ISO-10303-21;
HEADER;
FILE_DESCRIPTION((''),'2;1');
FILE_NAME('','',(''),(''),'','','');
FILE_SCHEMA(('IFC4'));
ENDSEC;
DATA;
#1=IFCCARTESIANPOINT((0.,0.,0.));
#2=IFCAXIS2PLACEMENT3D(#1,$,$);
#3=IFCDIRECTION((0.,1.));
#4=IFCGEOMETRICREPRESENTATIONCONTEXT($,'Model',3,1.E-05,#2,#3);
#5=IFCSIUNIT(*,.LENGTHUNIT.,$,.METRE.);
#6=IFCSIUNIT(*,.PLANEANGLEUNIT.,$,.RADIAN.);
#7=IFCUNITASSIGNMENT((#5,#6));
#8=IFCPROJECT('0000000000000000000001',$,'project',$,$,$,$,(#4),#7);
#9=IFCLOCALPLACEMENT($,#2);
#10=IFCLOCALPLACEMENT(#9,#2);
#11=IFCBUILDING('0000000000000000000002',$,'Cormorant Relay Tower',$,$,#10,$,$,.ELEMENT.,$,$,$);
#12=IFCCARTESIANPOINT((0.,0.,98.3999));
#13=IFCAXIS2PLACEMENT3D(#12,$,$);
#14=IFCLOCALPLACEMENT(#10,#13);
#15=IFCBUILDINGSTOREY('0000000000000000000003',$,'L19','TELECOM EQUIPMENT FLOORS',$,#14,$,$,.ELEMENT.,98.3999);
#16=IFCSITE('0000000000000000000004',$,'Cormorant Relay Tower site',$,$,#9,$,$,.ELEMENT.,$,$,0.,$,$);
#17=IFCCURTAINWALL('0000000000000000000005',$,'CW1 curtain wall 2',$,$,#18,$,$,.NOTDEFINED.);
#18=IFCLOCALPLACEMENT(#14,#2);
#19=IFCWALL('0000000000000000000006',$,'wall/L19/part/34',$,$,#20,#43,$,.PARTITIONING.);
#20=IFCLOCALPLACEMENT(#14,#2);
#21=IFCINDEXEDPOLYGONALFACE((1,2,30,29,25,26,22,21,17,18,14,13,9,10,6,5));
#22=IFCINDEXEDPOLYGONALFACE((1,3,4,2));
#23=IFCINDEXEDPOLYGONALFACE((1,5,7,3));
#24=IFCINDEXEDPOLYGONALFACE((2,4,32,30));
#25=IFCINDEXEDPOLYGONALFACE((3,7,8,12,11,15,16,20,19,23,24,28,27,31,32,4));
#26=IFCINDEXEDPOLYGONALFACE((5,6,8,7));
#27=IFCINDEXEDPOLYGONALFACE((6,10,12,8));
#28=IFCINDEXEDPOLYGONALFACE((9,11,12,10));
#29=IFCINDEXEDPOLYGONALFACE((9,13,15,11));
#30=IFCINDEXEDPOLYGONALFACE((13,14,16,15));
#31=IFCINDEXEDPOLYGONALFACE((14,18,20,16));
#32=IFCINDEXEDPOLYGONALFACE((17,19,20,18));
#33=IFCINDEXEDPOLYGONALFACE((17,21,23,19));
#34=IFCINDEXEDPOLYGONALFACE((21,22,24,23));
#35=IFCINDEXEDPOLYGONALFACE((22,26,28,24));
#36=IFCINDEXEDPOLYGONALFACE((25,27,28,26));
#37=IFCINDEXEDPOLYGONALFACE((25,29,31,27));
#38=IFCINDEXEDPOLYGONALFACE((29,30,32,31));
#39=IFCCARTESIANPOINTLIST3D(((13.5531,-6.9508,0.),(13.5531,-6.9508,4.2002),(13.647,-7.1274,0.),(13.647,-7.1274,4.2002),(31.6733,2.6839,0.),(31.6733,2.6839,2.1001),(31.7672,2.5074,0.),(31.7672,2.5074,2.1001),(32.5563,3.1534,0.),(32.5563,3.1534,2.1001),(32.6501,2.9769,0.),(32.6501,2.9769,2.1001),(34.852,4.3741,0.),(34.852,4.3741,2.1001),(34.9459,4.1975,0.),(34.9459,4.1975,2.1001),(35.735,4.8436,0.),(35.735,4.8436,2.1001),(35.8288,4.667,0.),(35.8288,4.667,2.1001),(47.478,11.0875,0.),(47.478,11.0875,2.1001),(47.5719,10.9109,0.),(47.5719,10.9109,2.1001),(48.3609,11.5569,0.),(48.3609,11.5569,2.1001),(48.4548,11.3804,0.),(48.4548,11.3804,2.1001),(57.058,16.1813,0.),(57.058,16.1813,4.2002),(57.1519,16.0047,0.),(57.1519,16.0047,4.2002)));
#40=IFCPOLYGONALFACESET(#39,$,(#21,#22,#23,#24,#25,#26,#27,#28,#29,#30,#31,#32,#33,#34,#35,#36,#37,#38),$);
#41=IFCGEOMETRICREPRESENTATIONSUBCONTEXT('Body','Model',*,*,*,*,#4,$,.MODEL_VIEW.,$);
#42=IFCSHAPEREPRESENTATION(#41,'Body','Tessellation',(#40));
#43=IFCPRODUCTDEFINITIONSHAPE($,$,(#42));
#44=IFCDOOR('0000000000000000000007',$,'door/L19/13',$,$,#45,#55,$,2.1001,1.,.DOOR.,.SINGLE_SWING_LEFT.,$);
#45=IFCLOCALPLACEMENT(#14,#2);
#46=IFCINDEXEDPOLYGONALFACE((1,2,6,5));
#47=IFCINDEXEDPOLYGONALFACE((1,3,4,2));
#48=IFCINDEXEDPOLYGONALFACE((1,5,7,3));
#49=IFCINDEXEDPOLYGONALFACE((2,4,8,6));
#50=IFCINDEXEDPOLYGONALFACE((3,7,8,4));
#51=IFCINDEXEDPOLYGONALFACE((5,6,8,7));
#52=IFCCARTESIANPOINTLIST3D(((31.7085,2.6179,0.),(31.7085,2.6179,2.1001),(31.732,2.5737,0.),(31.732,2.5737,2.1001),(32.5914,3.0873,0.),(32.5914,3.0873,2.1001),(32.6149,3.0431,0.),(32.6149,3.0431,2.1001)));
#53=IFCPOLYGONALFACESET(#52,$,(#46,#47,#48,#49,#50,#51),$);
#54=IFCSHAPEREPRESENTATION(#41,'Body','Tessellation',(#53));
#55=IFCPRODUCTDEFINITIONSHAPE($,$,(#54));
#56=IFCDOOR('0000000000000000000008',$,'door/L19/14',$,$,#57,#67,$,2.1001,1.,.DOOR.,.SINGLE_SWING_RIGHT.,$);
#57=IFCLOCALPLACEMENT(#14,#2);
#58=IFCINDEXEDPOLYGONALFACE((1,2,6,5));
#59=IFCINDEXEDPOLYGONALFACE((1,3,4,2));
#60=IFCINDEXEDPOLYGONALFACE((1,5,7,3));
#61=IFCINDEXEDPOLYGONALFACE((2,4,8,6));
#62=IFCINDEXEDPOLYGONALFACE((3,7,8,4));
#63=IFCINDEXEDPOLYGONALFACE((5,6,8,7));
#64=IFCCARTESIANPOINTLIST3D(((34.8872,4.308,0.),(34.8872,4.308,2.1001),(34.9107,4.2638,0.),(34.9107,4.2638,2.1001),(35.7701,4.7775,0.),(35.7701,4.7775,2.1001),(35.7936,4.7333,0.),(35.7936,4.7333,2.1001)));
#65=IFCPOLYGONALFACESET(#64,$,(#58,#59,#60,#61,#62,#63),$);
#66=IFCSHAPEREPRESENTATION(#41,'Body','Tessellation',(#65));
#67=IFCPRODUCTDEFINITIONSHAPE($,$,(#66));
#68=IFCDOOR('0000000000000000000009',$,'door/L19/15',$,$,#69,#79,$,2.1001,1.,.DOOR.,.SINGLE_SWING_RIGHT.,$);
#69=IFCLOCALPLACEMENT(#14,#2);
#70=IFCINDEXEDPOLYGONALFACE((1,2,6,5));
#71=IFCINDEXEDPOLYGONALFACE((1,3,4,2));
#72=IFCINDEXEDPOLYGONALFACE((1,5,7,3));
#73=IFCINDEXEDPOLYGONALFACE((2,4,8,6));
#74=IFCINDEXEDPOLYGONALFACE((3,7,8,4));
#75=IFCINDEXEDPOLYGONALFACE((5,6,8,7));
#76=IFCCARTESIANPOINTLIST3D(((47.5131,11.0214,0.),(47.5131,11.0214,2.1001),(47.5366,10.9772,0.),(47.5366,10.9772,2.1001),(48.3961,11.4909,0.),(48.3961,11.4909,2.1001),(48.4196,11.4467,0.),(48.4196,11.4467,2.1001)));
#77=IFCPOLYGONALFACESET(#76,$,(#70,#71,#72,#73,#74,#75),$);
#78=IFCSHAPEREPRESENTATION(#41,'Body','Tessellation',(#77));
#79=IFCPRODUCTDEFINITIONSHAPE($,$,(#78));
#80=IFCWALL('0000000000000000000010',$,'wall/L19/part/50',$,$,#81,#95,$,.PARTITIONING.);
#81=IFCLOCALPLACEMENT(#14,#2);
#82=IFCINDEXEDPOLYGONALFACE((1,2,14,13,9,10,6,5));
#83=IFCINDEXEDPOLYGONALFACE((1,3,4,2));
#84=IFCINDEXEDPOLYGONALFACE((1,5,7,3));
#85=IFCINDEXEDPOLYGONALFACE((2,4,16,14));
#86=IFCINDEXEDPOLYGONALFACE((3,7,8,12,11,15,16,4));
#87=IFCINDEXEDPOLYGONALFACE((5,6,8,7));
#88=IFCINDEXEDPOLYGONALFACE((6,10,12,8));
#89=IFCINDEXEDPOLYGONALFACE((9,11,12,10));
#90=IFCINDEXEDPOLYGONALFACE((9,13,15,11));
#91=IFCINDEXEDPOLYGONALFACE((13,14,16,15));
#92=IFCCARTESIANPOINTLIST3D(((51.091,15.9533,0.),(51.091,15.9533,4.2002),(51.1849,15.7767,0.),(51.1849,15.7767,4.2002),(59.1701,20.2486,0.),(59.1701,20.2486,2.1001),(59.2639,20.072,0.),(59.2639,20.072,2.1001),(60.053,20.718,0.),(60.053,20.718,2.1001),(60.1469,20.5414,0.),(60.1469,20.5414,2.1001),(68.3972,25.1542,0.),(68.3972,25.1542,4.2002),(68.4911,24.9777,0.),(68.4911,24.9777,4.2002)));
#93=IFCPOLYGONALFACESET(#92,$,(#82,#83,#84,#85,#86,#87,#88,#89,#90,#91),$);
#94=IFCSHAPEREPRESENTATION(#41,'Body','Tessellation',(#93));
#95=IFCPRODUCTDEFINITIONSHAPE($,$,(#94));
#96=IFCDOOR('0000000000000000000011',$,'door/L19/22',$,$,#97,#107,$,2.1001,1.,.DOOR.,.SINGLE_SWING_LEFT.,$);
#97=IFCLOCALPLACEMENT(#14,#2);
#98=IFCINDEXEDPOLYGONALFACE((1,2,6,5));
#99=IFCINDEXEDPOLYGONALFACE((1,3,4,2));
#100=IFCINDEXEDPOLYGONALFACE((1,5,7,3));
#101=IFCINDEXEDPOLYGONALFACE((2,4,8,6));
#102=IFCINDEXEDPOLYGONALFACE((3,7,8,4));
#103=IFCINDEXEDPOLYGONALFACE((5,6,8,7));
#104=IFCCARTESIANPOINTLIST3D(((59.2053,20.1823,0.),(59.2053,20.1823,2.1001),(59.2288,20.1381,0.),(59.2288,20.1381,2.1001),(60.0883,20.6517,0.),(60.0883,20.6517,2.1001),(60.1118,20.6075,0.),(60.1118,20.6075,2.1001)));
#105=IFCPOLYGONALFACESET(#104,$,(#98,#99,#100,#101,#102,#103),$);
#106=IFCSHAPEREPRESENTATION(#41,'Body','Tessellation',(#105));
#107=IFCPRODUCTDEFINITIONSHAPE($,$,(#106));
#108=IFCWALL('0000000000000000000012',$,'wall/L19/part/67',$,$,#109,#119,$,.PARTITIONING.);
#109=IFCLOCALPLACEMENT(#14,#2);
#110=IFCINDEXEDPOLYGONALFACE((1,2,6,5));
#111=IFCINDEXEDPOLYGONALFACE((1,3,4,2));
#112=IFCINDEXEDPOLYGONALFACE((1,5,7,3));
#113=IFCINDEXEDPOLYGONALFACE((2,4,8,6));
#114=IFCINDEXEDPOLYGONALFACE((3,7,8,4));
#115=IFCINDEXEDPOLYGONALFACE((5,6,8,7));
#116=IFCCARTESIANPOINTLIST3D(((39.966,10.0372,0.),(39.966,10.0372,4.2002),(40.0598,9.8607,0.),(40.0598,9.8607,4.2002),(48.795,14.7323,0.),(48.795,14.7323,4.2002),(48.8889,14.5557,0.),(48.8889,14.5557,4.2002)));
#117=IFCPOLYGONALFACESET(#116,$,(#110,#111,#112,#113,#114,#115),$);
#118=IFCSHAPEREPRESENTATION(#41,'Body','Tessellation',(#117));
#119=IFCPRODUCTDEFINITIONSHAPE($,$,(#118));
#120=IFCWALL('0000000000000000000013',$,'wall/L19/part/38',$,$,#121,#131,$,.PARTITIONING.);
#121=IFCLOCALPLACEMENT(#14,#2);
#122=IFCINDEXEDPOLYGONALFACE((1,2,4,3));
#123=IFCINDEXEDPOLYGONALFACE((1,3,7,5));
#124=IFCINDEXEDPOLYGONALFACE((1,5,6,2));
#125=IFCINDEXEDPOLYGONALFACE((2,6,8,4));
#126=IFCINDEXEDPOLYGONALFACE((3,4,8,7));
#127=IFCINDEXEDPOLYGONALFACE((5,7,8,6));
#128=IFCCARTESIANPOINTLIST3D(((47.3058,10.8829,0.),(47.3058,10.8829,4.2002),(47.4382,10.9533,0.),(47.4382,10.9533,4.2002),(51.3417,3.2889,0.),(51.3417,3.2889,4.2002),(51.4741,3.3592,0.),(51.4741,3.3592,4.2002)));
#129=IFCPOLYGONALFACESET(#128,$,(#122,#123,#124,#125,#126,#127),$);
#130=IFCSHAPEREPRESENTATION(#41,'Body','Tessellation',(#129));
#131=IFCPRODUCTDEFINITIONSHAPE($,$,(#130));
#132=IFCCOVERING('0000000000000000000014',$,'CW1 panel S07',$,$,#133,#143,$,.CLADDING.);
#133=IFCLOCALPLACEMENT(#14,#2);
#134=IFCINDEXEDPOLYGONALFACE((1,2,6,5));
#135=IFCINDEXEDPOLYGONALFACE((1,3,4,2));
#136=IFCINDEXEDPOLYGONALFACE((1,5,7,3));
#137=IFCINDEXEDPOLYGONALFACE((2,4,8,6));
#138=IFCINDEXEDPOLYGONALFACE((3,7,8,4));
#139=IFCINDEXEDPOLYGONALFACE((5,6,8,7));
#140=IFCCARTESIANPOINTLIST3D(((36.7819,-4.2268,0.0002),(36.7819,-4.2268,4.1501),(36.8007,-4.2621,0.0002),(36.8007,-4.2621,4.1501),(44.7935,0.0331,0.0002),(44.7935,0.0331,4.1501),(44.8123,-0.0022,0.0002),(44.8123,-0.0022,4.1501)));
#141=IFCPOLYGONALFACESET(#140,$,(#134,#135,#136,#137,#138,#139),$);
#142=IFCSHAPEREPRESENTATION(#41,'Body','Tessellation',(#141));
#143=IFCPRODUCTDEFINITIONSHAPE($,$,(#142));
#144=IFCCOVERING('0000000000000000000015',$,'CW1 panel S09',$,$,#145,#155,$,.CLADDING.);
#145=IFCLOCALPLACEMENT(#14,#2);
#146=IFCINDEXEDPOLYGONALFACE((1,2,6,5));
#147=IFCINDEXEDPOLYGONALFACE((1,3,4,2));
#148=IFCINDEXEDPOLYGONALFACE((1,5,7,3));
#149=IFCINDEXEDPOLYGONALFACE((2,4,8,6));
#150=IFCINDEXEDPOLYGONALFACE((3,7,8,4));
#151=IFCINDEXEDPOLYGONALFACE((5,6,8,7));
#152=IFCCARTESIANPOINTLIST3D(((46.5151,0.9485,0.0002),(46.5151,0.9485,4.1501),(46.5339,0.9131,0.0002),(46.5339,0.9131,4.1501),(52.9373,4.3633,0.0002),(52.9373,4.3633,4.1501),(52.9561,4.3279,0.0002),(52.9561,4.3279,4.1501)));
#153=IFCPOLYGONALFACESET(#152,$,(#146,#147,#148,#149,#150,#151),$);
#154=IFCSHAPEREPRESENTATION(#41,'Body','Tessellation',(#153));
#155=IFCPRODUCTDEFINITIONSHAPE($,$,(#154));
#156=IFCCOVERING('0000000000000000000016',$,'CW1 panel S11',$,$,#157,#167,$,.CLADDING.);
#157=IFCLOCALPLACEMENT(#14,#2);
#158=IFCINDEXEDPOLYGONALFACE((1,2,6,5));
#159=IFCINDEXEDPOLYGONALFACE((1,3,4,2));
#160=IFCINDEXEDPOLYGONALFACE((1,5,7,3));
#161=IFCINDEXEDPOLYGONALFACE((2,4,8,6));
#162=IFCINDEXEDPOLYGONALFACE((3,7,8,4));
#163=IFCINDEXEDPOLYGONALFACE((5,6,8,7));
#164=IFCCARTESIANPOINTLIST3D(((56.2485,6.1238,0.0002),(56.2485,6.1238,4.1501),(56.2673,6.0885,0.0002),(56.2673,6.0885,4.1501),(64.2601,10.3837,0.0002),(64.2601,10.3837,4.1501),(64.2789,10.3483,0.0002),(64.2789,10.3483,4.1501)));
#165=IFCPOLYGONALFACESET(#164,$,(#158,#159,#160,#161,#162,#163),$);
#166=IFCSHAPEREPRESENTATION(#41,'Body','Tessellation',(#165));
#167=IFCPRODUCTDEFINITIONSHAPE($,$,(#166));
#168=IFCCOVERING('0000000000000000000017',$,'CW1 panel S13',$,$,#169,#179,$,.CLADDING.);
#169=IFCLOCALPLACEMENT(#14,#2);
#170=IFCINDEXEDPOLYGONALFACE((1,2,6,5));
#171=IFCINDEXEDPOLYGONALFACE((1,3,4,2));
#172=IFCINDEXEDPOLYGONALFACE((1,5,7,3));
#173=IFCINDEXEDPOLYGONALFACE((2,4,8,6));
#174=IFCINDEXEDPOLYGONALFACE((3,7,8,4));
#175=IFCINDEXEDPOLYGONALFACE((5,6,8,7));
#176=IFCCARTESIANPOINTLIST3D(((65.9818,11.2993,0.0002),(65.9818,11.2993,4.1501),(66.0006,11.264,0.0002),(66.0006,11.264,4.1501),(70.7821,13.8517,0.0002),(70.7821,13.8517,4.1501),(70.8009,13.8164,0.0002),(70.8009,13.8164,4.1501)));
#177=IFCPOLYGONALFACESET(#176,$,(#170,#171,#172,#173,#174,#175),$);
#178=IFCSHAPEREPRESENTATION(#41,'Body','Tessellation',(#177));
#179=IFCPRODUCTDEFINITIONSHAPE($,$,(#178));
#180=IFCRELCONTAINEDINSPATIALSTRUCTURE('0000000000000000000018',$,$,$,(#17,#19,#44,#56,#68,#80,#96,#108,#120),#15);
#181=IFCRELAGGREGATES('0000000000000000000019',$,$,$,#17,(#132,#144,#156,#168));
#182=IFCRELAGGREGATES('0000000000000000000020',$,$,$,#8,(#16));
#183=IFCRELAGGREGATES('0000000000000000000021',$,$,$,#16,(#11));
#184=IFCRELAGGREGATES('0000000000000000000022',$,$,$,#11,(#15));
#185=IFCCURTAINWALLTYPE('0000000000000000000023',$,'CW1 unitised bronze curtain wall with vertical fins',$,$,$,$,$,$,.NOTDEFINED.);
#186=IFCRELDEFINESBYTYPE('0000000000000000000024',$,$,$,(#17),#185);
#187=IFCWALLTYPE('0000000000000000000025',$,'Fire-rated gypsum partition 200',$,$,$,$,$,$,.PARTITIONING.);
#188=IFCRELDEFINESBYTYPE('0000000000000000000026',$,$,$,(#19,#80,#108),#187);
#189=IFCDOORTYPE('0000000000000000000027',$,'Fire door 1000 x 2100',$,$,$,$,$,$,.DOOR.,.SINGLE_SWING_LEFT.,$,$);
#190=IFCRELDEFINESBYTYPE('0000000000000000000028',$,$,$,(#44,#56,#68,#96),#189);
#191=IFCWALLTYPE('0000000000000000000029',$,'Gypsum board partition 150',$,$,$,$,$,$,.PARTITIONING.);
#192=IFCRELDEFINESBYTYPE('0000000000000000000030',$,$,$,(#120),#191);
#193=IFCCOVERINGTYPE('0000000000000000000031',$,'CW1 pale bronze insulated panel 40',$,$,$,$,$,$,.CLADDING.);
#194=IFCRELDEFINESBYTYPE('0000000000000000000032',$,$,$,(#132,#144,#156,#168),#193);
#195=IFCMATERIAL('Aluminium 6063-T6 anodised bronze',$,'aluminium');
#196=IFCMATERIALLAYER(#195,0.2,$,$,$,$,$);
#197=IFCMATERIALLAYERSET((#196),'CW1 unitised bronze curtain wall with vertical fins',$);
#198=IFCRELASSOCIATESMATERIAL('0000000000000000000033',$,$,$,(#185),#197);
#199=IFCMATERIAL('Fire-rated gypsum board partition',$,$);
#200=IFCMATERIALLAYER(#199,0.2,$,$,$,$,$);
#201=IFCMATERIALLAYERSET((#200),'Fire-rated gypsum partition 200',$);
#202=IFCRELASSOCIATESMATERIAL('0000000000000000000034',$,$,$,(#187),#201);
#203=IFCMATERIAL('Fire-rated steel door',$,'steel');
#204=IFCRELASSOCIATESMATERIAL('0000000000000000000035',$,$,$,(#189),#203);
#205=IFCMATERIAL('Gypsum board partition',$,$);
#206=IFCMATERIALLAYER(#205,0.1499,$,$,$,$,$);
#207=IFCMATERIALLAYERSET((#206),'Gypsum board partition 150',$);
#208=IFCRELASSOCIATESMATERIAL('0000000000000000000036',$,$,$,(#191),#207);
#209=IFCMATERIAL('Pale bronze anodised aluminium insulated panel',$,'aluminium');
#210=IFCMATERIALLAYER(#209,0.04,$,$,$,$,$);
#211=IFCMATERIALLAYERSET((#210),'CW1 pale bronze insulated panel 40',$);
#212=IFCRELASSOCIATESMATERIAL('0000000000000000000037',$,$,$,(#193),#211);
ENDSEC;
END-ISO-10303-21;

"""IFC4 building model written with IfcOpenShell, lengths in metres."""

from ifc_helpers import new_model, si_unit, direction, frame, frame_2d, origin, origin_2d, place, context, subcontext, project, spatial, rectangle, extrude, material, layer, layer_set, type_object, element, fill, aggregate, save


model = new_model("IFC4")

# Units and contexts
model_context = context("Model", 3, precision=1e-05, world=origin(), true_north=direction((0.0, 1.0)))
body_context = subcontext(model_context, "Body", "Model", "MODEL_VIEW")
ifc_project = project(units=[si_unit("LENGTHUNIT", "METRE"), si_unit("PLANEANGLEUNIT", "RADIAN")], contexts=[model_context])

# Site, building, storey
site_placement = place(None, origin())
site = spatial("IfcSite", under=ifc_project, at=site_placement, Name="Cormorant Relay Tower site", CompositionType="ELEMENT", RefElevation=0.0)
building_placement = place(site_placement, origin())
building = spatial("IfcBuilding", under=site, at=building_placement, Name="Cormorant Relay Tower", CompositionType="ELEMENT")
storey_placement = place(building_placement, frame((0.0, 0.0, 98.3999)))
storey = spatial("IfcBuildingStorey", under=building, at=storey_placement, Name="L19", Description="TELECOM EQUIPMENT FLOORS", CompositionType="ELEMENT", Elevation=98.3999)

# Curtain wall
ifc_material_1 = material(Name="Aluminium 6063-T6 anodised bronze", Category="aluminium")
ifc_layer_1 = layer(ifc_material_1, 0.2)
ifc_layer_set_1 = layer_set([ifc_layer_1], Name="CW1 unitised bronze curtain wall with vertical fins")
curtain_wall_type = type_object("IfcCurtainWallType", Name="CW1 unitised bronze curtain wall with vertical fins", PredefinedType="NOTDEFINED", material=ifc_layer_set_1)
curtain_wall_1_placement = place(storey_placement, origin())
curtain_wall_1 = element("IfcCurtainWall", 1, at=curtain_wall_1_placement, inside=storey, type_object=curtain_wall_type, Name="CW1 curtain wall 2", PredefinedType="NOTDEFINED")

# Wall, openings, doors
ifc_material_2 = material(Name="Fire-rated gypsum board partition")
ifc_layer_2 = layer(ifc_material_2, 0.2)
ifc_layer_set_2 = layer_set([ifc_layer_2], Name="Fire-rated gypsum partition 200")
wall_type_1 = type_object("IfcWallType", Name="Fire-rated gypsum partition 200", PredefinedType="PARTITIONING", material=ifc_layer_set_2)
wall_1_placement = place(storey_placement, frame((57.105, 16.093, 0.0), z_axis=(0.0, 0.0, 1.0), x_axis=(-0.882947, -0.469474, 0.0)))
wall_1 = element("IfcWall", 2, at=wall_1_placement, inside=storey, type_object=wall_type_1, Name="wall/L19/part/34", PredefinedType="PARTITIONING", context=body_context, shape_type="SweptSolid", body=[
    extrude(rectangle(XDim=49.2725, YDim=0.2, at=frame_2d((24.6362, 0.0))), origin(), (0.0, 0.0, 1.0), 4.2002),
])
opening_1_placement = place(wall_1_placement, frame((27.75, 0.0, 0.0)))
opening_1 = element("IfcOpeningElement", 3, at=opening_1_placement, cuts=wall_1, PredefinedType="OPENING", context=body_context, shape_type="SweptSolid", body=[
    extrude(rectangle(XDim=1.0, YDim=2.1001, at=frame_2d((0.5, 1.05))), frame((0.0, 0.1099, 0.0), z_axis=(0.0, -1.0, 0.0), x_axis=(1.0, 0.0, 0.0)), (0.0, 0.0, 1.0), 0.22),
])
opening_2_placement = place(wall_1_placement, frame((24.1499, 0.0, 0.0)))
opening_2 = element("IfcOpeningElement", 4, at=opening_2_placement, cuts=wall_1, PredefinedType="OPENING", context=body_context, shape_type="SweptSolid", body=[
    extrude(rectangle(XDim=1.0, YDim=2.1001, at=frame_2d((0.5, 1.05))), frame((0.0, 0.1099, 0.0), z_axis=(0.0, -1.0, 0.0), x_axis=(1.0, 0.0, 0.0)), (0.0, 0.0, 1.0), 0.22),
])
opening_3_placement = place(wall_1_placement, frame((9.8501, 0.0, 0.0)))
opening_3 = element("IfcOpeningElement", 5, at=opening_3_placement, cuts=wall_1, PredefinedType="OPENING", context=body_context, shape_type="SweptSolid", body=[
    extrude(rectangle(XDim=1.0, YDim=2.1001, at=frame_2d((0.5, 1.05))), frame((0.0, 0.1099, 0.0), z_axis=(0.0, -1.0, 0.0), x_axis=(1.0, 0.0, 0.0)), (0.0, 0.0, 1.0), 0.22),
])
ifc_material_3 = material(Name="Fire-rated steel door", Category="steel")
door_type = type_object("IfcDoorType", Name="Fire door 1000 x 2100", OperationType="SINGLE_SWING_LEFT", PredefinedType="DOOR", material=ifc_material_3)
door_1_placement = place(opening_1_placement, origin())
door_1 = element("IfcDoor", 6, at=door_1_placement, inside=storey, type_object=door_type, Name="door/L19/13", OperationType="SINGLE_SWING_LEFT", OverallHeight=2.1001, OverallWidth=1.0, PredefinedType="DOOR", context=body_context, shape_type="SweptSolid", body=[
    extrude(rectangle(XDim=1.0, YDim=2.1001, at=frame_2d((0.5, 1.05))), frame((0.0, 0.0249, 0.0), z_axis=(0.0, -1.0, 0.0), x_axis=(1.0, 0.0, 0.0)), (0.0, 0.0, 1.0), 0.05),
])
fill(opening_1, door_1)
door_2_placement = place(opening_2_placement, origin())
door_2 = element("IfcDoor", 7, at=door_2_placement, inside=storey, type_object=door_type, Name="door/L19/14", OperationType="SINGLE_SWING_RIGHT", OverallHeight=2.1001, OverallWidth=1.0, PredefinedType="DOOR", context=body_context, shape_type="SweptSolid", body=[
    extrude(rectangle(XDim=1.0, YDim=2.1001, at=frame_2d((0.5, 1.05))), frame((0.0, 0.0249, 0.0), z_axis=(0.0, -1.0, 0.0), x_axis=(1.0, 0.0, 0.0)), (0.0, 0.0, 1.0), 0.05),
])
fill(opening_2, door_2)
door_3_placement = place(opening_3_placement, origin())
door_3 = element("IfcDoor", 8, at=door_3_placement, inside=storey, type_object=door_type, Name="door/L19/15", OperationType="SINGLE_SWING_RIGHT", OverallHeight=2.1001, OverallWidth=1.0, PredefinedType="DOOR", context=body_context, shape_type="SweptSolid", body=[
    extrude(rectangle(XDim=1.0, YDim=2.1001, at=frame_2d((0.5, 1.05))), frame((0.0, 0.0249, 0.0), z_axis=(0.0, -1.0, 0.0), x_axis=(1.0, 0.0, 0.0)), (0.0, 0.0, 1.0), 0.05),
])
fill(opening_3, door_3)

# Wall, opening, door
wall_2_placement = place(storey_placement, frame((51.1379, 15.865, 0.0), z_axis=(0.0, 0.0, 1.0), x_axis=(0.882967, 0.469435, 0.0)))
wall_2 = element("IfcWall", 9, at=wall_2_placement, inside=storey, type_object=wall_type_1, Name="wall/L19/part/50", PredefinedType="PARTITIONING", context=body_context, shape_type="SweptSolid", body=[
    extrude(rectangle(XDim=19.6001, YDim=0.2, at=frame_2d((9.8, 0.0))), origin(), (0.0, 0.0, 1.0), 4.2002),
])
opening_4_placement = place(wall_2_placement, frame((9.1499, 0.0, 0.0)))
opening_4 = element("IfcOpeningElement", 10, at=opening_4_placement, cuts=wall_2, PredefinedType="OPENING", context=body_context, shape_type="SweptSolid", body=[
    extrude(rectangle(XDim=1.0, YDim=2.1001, at=frame_2d((0.5, 1.05))), frame((0.0, 0.1099, 0.0), z_axis=(0.0, -1.0, 0.0), x_axis=(1.0, 0.0, 0.0)), (0.0, 0.0, 1.0), 0.22),
])
door_4_placement = place(opening_4_placement, origin())
door_4 = element("IfcDoor", 11, at=door_4_placement, inside=storey, type_object=door_type, Name="door/L19/22", OperationType="SINGLE_SWING_LEFT", OverallHeight=2.1001, OverallWidth=1.0, PredefinedType="DOOR", context=body_context, shape_type="SweptSolid", body=[
    extrude(rectangle(XDim=1.0, YDim=2.1001, at=frame_2d((0.5, 1.05))), frame((0.0, 0.0249, 0.0), z_axis=(0.0, -1.0, 0.0), x_axis=(1.0, 0.0, 0.0)), (0.0, 0.0, 1.0), 0.05),
])
fill(opening_4, door_4)

# Walls
wall_3_placement = place(storey_placement, frame((48.842, 14.644, 0.0), z_axis=(0.0, 0.0, 1.0), x_axis=(-0.882925, -0.469515, 0.0)))
element("IfcWall", 12, at=wall_3_placement, inside=storey, type_object=wall_type_1, Name="wall/L19/part/67", PredefinedType="PARTITIONING", context=body_context, shape_type="SweptSolid", body=[
    extrude(rectangle(XDim=9.9998, YDim=0.2, at=frame_2d((5.0, 0.0))), origin(), (0.0, 0.0, 1.0), 4.2002),
])
ifc_material_4 = material(Name="Gypsum board partition")
ifc_layer_3 = layer(ifc_material_4, 0.1499)
ifc_layer_set_3 = layer_set([ifc_layer_3], Name="Gypsum board partition 150")
wall_type_2 = type_object("IfcWallType", Name="Gypsum board partition 150", PredefinedType="PARTITIONING", material=ifc_layer_set_3)
wall_4_placement = place(storey_placement, frame((47.3721, 10.918, 0.0), z_axis=(0.0, 0.0, 1.0), x_axis=(0.469298, -0.88304, 0.0)))
element("IfcWall", 13, at=wall_4_placement, inside=storey, type_object=wall_type_2, Name="wall/L19/part/38", PredefinedType="PARTITIONING", context=body_context, shape_type="SweptSolid", body=[
    extrude(rectangle(XDim=8.5999, YDim=0.1499, at=frame_2d((4.2998, 0.0))), origin(), (0.0, 0.0, 1.0), 4.2002),
])

# Coverings
ifc_material_5 = material(Name="Pale bronze anodised aluminium insulated panel", Category="aluminium")
ifc_layer_4 = layer(ifc_material_5, 0.04)
ifc_layer_set_4 = layer_set([ifc_layer_4], Name="CW1 pale bronze insulated panel 40")
covering_type = type_object("IfcCoveringType", Name="CW1 pale bronze insulated panel 40", PredefinedType="CLADDING", material=ifc_layer_set_4)
covering_1_placement = place(storey_placement, frame((40.7971, -2.1145, 0.0002), z_axis=(0.0, 0.0, 1.0), x_axis=(0.882948, 0.469472, 0.0)))
covering_1 = element("IfcCovering", 14, at=covering_1_placement, type_object=covering_type, Name="CW1 panel S07", PredefinedType="CLADDING", context=body_context, shape_type="SweptSolid", body=[
    extrude(rectangle(XDim=9.0737, YDim=0.04, at=origin_2d()), origin(), (0.0, 0.0, 1.0), 4.1499),
])
covering_2_placement = place(storey_placement, frame((49.7356, 2.6382, 0.0002), z_axis=(0.0, 0.0, 1.0), x_axis=(0.882948, 0.469472, 0.0)))
covering_2 = element("IfcCovering", 15, at=covering_2_placement, type_object=covering_type, Name="CW1 panel S09", PredefinedType="CLADDING", context=body_context, shape_type="SweptSolid", body=[
    extrude(rectangle(XDim=7.2737, YDim=0.04, at=origin_2d()), origin(), (0.0, 0.0, 1.0), 4.1499),
])
covering_3_placement = place(storey_placement, frame((60.2637, 8.2361, 0.0002), z_axis=(0.0, 0.0, 1.0), x_axis=(0.882948, 0.469472, 0.0)))
covering_3 = element("IfcCovering", 16, at=covering_3_placement, type_object=covering_type, Name="CW1 panel S11", PredefinedType="CLADDING", context=body_context, shape_type="SweptSolid", body=[
    extrude(rectangle(XDim=9.0737, YDim=0.04, at=origin_2d()), origin(), (0.0, 0.0, 1.0), 4.1499),
])
covering_4_placement = place(storey_placement, frame((68.3914, 12.5579, 0.0002), z_axis=(0.0, 0.0, 1.0), x_axis=(0.882948, 0.469472, 0.0)))
covering_4 = element("IfcCovering", 17, at=covering_4_placement, type_object=covering_type, Name="CW1 panel S13", PredefinedType="CLADDING", context=body_context, shape_type="SweptSolid", body=[
    extrude(rectangle(XDim=5.4368, YDim=0.04, at=origin_2d()), origin(), (0.0, 0.0, 1.0), 4.1499),
])
aggregate(curtain_wall_1, [covering_1, covering_2, covering_3, covering_4])

save(model, "model.ifc")
